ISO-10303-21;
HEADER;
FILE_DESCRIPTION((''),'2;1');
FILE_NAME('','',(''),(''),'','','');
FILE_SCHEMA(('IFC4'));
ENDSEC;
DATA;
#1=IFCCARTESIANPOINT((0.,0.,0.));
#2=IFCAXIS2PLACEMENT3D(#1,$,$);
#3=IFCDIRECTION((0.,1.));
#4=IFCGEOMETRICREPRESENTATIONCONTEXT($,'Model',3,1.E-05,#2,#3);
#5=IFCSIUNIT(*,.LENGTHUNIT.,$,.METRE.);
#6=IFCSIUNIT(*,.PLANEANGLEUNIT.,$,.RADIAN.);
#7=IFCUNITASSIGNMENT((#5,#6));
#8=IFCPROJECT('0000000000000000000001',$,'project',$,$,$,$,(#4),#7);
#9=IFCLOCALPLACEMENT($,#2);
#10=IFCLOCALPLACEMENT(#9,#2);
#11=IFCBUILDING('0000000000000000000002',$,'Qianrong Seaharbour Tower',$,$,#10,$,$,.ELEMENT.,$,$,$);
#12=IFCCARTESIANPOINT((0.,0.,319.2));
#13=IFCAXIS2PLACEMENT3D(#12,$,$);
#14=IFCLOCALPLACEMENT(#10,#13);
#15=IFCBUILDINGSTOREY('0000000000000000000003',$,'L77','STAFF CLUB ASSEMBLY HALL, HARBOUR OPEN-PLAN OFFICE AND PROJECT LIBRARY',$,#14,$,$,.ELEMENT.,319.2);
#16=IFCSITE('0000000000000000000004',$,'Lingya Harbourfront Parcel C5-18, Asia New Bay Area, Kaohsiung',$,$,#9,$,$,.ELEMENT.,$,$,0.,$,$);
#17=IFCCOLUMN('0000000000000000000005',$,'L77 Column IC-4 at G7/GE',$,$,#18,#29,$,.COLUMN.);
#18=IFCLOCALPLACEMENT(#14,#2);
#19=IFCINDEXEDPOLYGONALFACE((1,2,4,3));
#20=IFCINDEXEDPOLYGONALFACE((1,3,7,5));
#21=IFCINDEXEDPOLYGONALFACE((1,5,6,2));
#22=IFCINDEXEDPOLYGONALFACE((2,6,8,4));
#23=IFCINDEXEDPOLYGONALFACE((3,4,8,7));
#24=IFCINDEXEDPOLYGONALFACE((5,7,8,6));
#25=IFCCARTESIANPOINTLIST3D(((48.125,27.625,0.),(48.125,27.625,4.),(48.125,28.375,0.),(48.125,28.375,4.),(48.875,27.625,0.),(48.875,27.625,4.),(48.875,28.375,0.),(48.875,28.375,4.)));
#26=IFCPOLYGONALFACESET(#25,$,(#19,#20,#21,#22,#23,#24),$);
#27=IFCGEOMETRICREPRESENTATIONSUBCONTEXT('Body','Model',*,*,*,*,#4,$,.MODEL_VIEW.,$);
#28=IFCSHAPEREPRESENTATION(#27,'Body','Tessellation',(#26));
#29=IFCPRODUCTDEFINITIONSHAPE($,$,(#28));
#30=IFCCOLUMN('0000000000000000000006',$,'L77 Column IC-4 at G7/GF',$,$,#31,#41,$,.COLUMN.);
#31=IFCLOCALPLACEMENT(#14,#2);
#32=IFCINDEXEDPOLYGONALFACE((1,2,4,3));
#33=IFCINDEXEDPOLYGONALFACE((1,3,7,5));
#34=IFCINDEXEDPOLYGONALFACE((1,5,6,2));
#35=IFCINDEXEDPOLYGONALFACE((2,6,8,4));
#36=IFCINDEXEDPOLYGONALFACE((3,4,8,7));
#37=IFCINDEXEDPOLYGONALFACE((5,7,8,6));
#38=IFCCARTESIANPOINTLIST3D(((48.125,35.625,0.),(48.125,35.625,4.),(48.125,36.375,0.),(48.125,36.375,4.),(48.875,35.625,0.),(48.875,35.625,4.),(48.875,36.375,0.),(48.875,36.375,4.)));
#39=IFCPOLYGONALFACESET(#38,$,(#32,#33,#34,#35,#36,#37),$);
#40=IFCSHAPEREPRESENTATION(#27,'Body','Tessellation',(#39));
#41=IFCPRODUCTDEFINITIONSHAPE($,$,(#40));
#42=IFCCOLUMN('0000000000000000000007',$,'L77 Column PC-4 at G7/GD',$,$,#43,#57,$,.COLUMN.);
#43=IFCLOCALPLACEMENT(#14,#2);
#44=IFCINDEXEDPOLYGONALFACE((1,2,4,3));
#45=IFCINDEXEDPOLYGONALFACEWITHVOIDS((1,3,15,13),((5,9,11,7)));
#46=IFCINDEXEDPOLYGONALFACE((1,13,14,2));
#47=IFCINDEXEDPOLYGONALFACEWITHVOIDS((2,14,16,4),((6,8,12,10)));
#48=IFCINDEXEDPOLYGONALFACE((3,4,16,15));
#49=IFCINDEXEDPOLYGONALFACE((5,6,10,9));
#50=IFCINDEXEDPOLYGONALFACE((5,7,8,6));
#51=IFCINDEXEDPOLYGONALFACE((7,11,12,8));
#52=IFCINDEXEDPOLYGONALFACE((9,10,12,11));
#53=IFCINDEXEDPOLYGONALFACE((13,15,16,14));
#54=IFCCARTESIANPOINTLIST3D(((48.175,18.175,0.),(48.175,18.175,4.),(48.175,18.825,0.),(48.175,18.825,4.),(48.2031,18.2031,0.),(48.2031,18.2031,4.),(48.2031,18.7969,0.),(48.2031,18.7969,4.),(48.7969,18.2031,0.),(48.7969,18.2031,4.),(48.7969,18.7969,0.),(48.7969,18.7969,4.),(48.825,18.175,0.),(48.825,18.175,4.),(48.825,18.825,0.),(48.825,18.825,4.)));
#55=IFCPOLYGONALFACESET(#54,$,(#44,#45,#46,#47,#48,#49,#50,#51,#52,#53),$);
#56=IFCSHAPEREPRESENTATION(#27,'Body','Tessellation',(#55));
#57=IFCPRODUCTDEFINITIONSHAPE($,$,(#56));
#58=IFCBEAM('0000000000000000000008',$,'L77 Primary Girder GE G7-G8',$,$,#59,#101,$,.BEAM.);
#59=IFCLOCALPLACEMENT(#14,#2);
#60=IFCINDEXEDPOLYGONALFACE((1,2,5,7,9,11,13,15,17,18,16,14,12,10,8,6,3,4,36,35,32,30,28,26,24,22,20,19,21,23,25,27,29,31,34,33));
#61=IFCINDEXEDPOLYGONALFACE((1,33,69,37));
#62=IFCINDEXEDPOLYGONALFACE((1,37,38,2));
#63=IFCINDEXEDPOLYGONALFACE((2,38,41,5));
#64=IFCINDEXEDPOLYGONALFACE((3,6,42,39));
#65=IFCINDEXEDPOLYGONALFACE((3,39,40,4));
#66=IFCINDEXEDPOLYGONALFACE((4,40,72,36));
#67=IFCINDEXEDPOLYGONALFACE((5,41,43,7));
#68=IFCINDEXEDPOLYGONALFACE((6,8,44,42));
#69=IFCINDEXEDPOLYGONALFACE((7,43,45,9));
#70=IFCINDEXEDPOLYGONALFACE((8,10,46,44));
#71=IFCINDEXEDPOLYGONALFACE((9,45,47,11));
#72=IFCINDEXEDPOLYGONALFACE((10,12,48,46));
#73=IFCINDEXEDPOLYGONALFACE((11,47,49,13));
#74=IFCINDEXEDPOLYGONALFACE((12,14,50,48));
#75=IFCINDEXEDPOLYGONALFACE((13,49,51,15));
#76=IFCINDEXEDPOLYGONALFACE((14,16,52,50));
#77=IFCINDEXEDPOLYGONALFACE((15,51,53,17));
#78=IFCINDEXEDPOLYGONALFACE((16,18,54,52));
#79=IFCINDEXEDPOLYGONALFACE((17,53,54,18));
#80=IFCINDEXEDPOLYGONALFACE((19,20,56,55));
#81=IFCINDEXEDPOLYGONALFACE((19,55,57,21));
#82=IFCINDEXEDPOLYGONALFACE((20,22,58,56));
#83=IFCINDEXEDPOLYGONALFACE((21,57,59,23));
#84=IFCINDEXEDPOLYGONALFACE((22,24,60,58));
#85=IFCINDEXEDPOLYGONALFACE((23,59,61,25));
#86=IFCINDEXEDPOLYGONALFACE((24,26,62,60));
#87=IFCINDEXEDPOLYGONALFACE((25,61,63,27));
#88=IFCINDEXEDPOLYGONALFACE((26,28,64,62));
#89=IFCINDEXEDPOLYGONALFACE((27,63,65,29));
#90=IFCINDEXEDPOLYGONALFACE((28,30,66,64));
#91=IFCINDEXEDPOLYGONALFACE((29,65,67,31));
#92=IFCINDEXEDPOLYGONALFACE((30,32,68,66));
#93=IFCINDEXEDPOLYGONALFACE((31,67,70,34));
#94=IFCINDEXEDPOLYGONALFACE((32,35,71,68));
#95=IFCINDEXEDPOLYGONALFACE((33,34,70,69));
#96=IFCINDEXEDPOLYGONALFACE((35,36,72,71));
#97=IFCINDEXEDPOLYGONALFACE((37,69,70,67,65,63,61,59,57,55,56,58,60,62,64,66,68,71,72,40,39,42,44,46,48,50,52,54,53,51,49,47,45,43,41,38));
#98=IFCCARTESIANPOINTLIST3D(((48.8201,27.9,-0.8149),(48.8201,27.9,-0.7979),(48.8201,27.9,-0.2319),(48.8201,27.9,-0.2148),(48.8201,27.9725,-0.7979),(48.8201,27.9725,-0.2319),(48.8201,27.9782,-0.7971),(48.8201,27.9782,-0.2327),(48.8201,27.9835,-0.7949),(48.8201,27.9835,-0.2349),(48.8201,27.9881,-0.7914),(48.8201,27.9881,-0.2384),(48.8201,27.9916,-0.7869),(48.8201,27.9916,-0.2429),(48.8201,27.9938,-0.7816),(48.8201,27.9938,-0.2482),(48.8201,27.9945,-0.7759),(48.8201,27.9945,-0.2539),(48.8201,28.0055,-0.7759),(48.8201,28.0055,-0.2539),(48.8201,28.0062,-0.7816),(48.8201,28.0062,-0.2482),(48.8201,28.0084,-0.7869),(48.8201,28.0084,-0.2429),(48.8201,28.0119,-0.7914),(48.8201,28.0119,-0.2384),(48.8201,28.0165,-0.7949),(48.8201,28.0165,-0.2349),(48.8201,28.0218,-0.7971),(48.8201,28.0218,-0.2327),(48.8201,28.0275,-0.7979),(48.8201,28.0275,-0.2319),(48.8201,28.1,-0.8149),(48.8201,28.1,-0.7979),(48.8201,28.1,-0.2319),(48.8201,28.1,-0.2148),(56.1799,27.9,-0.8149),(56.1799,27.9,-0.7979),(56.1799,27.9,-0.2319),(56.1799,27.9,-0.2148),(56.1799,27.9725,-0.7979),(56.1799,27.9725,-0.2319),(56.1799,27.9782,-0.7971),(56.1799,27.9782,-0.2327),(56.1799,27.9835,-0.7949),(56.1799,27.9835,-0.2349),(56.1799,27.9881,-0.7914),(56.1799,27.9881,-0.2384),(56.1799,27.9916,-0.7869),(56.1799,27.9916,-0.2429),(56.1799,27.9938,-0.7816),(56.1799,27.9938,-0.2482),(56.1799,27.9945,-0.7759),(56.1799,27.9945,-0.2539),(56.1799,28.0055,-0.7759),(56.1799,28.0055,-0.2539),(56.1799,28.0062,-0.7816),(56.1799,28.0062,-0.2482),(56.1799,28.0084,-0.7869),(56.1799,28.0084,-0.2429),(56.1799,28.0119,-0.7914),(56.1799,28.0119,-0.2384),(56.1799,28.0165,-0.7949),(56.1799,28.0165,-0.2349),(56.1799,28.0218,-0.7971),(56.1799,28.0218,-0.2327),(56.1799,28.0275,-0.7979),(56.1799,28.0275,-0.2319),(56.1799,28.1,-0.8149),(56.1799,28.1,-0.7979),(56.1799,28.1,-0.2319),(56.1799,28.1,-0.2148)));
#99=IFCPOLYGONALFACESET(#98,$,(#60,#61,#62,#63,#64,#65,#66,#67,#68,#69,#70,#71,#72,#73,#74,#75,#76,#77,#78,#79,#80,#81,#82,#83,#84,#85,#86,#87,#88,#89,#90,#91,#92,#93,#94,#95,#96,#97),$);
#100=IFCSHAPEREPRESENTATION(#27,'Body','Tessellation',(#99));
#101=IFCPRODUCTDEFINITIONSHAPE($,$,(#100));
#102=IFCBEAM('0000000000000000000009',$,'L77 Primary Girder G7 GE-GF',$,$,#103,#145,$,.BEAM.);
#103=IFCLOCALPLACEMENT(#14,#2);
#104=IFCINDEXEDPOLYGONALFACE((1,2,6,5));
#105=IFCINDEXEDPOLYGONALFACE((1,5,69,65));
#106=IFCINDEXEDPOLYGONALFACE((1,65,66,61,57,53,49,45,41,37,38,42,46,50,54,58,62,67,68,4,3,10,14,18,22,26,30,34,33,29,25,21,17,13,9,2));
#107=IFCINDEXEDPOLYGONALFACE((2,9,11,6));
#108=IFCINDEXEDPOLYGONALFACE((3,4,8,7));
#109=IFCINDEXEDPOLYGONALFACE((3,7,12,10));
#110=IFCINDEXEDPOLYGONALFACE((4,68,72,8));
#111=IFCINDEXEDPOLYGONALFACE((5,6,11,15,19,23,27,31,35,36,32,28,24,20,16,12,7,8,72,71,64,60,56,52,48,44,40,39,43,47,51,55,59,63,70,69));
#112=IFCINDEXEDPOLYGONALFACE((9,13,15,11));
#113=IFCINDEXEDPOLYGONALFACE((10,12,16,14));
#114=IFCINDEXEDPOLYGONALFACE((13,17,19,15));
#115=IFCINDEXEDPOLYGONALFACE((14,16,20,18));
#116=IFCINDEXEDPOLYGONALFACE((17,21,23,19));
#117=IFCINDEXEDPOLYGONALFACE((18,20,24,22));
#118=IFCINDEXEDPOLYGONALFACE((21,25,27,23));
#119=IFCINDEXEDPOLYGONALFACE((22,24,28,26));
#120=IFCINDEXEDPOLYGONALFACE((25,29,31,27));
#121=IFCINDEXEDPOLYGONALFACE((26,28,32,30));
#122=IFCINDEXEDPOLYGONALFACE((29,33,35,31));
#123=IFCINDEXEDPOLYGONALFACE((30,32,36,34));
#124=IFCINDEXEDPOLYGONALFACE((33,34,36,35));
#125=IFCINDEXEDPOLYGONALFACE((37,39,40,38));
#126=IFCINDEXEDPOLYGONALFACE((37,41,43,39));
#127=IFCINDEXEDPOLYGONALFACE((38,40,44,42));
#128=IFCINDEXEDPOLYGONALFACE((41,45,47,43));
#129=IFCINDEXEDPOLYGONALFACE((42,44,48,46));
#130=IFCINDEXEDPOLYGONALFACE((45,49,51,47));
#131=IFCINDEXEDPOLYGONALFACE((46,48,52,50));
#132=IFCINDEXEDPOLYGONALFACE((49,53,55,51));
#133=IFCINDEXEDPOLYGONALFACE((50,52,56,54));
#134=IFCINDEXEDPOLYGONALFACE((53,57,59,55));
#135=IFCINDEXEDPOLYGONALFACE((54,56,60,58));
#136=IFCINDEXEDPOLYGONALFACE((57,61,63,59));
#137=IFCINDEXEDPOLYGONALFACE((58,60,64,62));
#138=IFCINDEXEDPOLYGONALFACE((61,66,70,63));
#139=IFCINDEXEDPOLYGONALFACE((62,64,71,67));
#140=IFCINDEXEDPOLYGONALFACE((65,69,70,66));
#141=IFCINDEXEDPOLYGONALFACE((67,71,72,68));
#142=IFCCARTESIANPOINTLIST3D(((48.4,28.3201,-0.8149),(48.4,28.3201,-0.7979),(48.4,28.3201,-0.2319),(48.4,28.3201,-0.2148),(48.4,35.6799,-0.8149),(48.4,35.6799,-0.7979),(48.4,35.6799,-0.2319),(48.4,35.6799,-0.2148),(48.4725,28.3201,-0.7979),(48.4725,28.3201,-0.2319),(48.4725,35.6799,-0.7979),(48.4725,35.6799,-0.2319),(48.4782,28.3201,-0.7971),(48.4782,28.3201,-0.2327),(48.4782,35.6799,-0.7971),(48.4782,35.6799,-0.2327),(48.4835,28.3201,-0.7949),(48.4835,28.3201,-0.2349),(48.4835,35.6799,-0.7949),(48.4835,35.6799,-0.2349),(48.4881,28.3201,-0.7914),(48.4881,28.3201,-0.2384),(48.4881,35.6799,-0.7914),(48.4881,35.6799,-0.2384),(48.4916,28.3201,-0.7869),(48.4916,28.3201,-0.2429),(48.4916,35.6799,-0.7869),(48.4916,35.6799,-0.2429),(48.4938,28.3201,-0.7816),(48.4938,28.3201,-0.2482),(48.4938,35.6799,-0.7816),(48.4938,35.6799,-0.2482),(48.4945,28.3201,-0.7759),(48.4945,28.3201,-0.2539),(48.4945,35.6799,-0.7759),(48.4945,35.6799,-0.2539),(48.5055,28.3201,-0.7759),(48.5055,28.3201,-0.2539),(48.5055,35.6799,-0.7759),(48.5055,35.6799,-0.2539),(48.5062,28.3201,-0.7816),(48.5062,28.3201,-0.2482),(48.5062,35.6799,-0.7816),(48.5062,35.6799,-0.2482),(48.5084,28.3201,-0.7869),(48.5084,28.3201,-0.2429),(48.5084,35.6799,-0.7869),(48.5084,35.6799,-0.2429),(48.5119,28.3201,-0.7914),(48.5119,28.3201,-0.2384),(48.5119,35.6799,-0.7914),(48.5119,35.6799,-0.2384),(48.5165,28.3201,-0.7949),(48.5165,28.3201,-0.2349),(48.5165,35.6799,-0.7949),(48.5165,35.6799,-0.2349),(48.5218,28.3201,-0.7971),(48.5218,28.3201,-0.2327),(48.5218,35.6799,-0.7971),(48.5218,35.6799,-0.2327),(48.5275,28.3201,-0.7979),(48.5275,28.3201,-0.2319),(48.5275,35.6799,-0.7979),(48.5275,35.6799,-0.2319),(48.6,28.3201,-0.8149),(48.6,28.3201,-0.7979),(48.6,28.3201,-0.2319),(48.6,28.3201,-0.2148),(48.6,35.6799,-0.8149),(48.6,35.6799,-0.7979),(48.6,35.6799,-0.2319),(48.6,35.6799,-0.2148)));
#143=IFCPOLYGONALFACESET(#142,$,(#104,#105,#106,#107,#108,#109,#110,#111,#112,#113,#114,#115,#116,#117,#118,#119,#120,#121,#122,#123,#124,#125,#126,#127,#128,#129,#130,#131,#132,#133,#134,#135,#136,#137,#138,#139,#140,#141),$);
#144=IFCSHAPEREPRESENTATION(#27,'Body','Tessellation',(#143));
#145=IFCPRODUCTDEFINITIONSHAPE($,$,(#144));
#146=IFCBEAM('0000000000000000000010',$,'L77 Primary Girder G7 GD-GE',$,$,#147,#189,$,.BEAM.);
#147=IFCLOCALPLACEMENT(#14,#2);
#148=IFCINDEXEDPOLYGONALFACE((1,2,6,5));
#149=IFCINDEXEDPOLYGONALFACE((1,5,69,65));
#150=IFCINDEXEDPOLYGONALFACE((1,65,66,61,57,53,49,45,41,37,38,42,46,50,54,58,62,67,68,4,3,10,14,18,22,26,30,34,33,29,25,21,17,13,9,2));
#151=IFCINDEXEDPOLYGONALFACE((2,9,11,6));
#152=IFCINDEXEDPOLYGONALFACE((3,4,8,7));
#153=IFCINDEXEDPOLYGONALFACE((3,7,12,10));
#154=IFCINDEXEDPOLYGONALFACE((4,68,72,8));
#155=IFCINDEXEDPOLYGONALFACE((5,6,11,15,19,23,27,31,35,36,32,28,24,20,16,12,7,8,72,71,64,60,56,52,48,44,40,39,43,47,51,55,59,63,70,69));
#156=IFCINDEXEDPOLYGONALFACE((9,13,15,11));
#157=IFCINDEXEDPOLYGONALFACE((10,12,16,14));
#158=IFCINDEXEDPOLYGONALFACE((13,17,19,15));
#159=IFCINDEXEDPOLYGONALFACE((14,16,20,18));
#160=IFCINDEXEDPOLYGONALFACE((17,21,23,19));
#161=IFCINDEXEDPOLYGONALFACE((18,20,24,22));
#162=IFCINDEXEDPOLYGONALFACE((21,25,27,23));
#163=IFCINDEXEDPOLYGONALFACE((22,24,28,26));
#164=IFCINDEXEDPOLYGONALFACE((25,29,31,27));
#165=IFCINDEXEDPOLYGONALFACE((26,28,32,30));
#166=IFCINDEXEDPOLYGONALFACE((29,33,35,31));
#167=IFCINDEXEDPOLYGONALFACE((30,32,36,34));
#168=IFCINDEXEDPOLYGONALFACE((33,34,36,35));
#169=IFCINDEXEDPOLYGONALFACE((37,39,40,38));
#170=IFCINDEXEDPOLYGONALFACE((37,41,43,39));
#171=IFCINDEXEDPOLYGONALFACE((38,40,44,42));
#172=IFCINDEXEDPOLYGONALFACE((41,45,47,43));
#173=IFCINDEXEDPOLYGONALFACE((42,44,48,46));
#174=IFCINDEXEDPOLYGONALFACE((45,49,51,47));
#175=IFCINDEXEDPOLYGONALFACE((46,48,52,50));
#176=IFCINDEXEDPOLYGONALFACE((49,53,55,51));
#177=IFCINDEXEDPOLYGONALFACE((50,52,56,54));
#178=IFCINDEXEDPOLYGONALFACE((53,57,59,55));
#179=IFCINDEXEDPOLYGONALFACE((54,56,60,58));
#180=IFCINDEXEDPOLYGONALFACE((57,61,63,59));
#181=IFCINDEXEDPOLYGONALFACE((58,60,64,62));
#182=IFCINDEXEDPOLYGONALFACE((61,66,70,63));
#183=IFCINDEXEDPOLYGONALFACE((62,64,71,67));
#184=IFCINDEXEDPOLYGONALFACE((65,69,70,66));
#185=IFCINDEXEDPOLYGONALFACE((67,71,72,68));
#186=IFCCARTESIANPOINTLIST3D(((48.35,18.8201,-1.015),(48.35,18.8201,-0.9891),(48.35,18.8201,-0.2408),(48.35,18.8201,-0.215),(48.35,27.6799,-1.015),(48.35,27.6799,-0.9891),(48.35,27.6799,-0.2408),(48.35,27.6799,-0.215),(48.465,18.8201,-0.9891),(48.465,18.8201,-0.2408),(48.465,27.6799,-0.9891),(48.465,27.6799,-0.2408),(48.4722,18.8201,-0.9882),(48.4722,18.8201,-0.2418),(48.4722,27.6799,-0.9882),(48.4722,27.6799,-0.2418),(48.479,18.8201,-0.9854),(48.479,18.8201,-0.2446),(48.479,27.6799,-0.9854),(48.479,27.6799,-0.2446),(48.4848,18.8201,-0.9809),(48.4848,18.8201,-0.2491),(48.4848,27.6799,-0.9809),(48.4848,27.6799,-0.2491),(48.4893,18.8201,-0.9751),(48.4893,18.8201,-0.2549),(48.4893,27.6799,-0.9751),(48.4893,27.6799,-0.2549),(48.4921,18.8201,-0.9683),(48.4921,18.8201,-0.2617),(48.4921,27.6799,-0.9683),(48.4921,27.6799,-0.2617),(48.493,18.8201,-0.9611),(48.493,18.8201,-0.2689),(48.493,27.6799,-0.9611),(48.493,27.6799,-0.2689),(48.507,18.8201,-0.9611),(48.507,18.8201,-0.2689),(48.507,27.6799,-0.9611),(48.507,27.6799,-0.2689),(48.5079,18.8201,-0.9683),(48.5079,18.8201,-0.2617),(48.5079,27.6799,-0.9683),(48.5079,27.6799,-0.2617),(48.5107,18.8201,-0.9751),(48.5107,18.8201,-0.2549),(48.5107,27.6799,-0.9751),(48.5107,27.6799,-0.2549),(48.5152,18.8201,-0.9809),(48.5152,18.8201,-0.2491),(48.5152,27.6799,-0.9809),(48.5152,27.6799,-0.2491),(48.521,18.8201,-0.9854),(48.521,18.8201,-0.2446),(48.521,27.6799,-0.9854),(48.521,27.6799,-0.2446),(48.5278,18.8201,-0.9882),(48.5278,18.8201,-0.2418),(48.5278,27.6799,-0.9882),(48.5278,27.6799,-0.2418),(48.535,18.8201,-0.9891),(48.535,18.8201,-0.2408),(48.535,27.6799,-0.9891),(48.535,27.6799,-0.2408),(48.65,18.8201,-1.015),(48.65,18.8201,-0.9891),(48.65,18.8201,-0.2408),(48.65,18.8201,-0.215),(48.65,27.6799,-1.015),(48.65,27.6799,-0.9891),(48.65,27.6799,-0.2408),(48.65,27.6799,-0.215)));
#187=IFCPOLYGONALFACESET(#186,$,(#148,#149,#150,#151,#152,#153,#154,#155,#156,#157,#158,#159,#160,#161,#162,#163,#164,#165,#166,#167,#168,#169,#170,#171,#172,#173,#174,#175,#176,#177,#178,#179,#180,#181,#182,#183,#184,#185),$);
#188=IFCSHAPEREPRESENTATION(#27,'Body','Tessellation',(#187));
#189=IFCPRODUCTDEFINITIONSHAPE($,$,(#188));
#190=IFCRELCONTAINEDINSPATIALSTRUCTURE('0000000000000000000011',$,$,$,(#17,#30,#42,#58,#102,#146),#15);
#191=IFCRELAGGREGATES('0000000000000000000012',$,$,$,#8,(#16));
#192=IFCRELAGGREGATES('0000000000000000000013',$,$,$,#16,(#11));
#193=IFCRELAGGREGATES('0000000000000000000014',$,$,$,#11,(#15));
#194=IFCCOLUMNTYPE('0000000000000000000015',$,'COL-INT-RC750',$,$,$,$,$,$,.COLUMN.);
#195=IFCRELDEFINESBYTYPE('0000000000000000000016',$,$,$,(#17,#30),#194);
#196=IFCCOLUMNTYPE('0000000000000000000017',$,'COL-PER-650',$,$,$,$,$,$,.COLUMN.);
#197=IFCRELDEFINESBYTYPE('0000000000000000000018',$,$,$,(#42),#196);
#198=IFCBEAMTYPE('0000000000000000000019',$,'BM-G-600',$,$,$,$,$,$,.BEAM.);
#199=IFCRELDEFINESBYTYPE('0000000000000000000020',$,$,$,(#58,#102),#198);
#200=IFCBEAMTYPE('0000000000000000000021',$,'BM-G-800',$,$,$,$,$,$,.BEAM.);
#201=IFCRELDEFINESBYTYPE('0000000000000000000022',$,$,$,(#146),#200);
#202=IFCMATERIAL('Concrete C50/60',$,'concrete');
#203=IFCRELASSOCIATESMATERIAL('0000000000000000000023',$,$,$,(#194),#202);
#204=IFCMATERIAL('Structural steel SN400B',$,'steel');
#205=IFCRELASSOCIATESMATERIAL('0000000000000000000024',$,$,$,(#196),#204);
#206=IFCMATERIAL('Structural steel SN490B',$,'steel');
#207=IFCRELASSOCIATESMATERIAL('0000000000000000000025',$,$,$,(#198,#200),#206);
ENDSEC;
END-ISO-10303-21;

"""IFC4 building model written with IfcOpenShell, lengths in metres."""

from ifc_helpers import new_model, si_unit, direction, frame, origin, origin_2d, place, context, subcontext, project, spatial, rectangle, hollow_rectangle, i_section, extrude, material, material_profile, profile_set, type_object, element, save


model = new_model("IFC4")

# Units and contexts
model_context = context("Model", 3, precision=1e-05, world=origin(), true_north=direction((0.0, 1.0)))
body_context = subcontext(model_context, "Body", "Model", "MODEL_VIEW")
ifc_project = project(units=[si_unit("LENGTHUNIT", "METRE"), si_unit("PLANEANGLEUNIT", "RADIAN")], contexts=[model_context])

# Site, building, storey
site_placement = place(None, origin())
site = spatial("IfcSite", under=ifc_project, at=site_placement, Name="Lingya Harbourfront Parcel C5-18, Asia New Bay Area, Kaohsiung", CompositionType="ELEMENT", RefElevation=0.0)
building_placement = place(site_placement, origin())
building = spatial("IfcBuilding", under=site, at=building_placement, Name="Qianrong Seaharbour Tower", CompositionType="ELEMENT")
storey_placement = place(building_placement, frame((0.0, 0.0, 319.2)))
storey = spatial("IfcBuildingStorey", under=building, at=storey_placement, Name="L77", Description="STAFF CLUB ASSEMBLY HALL, HARBOUR OPEN-PLAN OFFICE AND PROJECT LIBRARY", CompositionType="ELEMENT", Elevation=319.2)

# Columns
ifc_material_1 = material(Name="Concrete C50/60", Category="concrete")
ifc_material_profile_1 = material_profile(ifc_material_1, rectangle(XDim=0.75, YDim=0.75, at=origin_2d()), Name="RC750x750")
ifc_profile_set_1 = profile_set([ifc_material_profile_1], Name="Concrete C50/60")
column_type_1 = type_object("IfcColumnType", Name="COL-INT-RC750", PredefinedType="COLUMN", material=ifc_profile_set_1)
for number, where, z_axis, x_axis, name in (
    (1, (48.5, 28.0, 0.0), (0.0, 0.0, 1.0), (1.0, 0.0, 0.0), "L77 Column IC-4 at G7/GE"),
    (2, (48.5, 36.0, 0.0), (0.0, 0.0, 1.0), (1.0, 0.0, 0.0), "L77 Column IC-4 at G7/GF"),
):
    element("IfcColumn", number, at=place(storey_placement, frame(where, z_axis=z_axis, x_axis=x_axis)), inside=storey, type_object=column_type_1, Name=name, PredefinedType="COLUMN", context=body_context, shape_type="SweptSolid", body=[
        extrude(rectangle(XDim=0.75, YDim=0.75, at=origin_2d()), origin(), (0.0, 0.0, 1.0), 4.0),
    ])
ifc_material_2 = material(Name="Structural steel SN400B", Category="steel")
ifc_material_profile_2 = material_profile(ifc_material_2, hollow_rectangle(XDim=0.6499, YDim=0.6499, WallThickness=0.0281, at=origin_2d()), Name="BOX650x650x28")
ifc_profile_set_2 = profile_set([ifc_material_profile_2], Name="Structural steel SN400B")
column_type_2 = type_object("IfcColumnType", Name="COL-PER-650", PredefinedType="COLUMN", material=ifc_profile_set_2)
column_placement = place(storey_placement, frame((48.5, 18.5, 0.0), z_axis=(0.0, 0.0, 1.0), x_axis=(1.0, 0.0, 0.0)))
element("IfcColumn", 3, at=column_placement, inside=storey, type_object=column_type_2, Name="L77 Column PC-4 at G7/GD", PredefinedType="COLUMN", context=body_context, shape_type="SweptSolid", body=[
    extrude(hollow_rectangle(XDim=0.6499, YDim=0.6499, WallThickness=0.0281, at=origin_2d()), origin(), (0.0, 0.0, 1.0), 4.0),
])

# Beams
ifc_material_3 = material(Name="Structural steel SN490B", Category="steel")
ifc_material_profile_3 = material_profile(ifc_material_3, i_section(OverallWidth=0.2, OverallDepth=0.6001, WebThickness=0.011, FlangeThickness=0.0171, FilletRadius=0.022, at=origin_2d()), Name="H600x200x11x17")
ifc_profile_set_3 = profile_set([ifc_material_profile_3], Name="Structural steel SN490B")
beam_type_1 = type_object("IfcBeamType", Name="BM-G-600", PredefinedType="BEAM", material=ifc_profile_set_3)
for number, where, z_axis, x_axis, name in (
    (4, (48.8201, 28.0, -0.5149), (1.0, 0.0, 0.0), (0.0, 1.0, 0.0), "L77 Primary Girder GE G7-G8"),
    (5, (48.5, 28.3201, -0.5149), (0.0, 1.0, 0.0), (-1.0, 0.0, 0.0), "L77 Primary Girder G7 GE-GF"),
):
    element("IfcBeam", number, at=place(storey_placement, frame(where, z_axis=z_axis, x_axis=x_axis)), inside=storey, type_object=beam_type_1, Name=name, PredefinedType="BEAM", context=body_context, shape_type="SweptSolid", body=[
        extrude(i_section(OverallWidth=0.2, OverallDepth=0.6001, WebThickness=0.011, FlangeThickness=0.0171, FilletRadius=0.022, at=origin_2d()), origin(), (0.0, 0.0, 1.0), 7.3599),
    ])
ifc_material_profile_4 = material_profile(ifc_material_3, i_section(OverallWidth=0.3, OverallDepth=0.8, WebThickness=0.0139, FlangeThickness=0.0259, FilletRadius=0.0281, at=origin_2d()), Name="H800x300x14x26")
ifc_profile_set_4 = profile_set([ifc_material_profile_4], Name="Structural steel SN490B")
beam_type_2 = type_object("IfcBeamType", Name="BM-G-800", PredefinedType="BEAM", material=ifc_profile_set_4)
beam_1_placement = place(storey_placement, frame((48.5, 18.8201, -0.615), z_axis=(0.0, 1.0, 0.0), x_axis=(-1.0, 0.0, 0.0)))
element("IfcBeam", 6, at=beam_1_placement, inside=storey, type_object=beam_type_2, Name="L77 Primary Girder G7 GD-GE", PredefinedType="BEAM", context=body_context, shape_type="SweptSolid", body=[
    extrude(i_section(OverallWidth=0.3, OverallDepth=0.8, WebThickness=0.0139, FlangeThickness=0.0259, FilletRadius=0.0281, at=origin_2d()), origin(), (0.0, 0.0, 1.0), 8.8599),
])

save(model, "model.ifc")
